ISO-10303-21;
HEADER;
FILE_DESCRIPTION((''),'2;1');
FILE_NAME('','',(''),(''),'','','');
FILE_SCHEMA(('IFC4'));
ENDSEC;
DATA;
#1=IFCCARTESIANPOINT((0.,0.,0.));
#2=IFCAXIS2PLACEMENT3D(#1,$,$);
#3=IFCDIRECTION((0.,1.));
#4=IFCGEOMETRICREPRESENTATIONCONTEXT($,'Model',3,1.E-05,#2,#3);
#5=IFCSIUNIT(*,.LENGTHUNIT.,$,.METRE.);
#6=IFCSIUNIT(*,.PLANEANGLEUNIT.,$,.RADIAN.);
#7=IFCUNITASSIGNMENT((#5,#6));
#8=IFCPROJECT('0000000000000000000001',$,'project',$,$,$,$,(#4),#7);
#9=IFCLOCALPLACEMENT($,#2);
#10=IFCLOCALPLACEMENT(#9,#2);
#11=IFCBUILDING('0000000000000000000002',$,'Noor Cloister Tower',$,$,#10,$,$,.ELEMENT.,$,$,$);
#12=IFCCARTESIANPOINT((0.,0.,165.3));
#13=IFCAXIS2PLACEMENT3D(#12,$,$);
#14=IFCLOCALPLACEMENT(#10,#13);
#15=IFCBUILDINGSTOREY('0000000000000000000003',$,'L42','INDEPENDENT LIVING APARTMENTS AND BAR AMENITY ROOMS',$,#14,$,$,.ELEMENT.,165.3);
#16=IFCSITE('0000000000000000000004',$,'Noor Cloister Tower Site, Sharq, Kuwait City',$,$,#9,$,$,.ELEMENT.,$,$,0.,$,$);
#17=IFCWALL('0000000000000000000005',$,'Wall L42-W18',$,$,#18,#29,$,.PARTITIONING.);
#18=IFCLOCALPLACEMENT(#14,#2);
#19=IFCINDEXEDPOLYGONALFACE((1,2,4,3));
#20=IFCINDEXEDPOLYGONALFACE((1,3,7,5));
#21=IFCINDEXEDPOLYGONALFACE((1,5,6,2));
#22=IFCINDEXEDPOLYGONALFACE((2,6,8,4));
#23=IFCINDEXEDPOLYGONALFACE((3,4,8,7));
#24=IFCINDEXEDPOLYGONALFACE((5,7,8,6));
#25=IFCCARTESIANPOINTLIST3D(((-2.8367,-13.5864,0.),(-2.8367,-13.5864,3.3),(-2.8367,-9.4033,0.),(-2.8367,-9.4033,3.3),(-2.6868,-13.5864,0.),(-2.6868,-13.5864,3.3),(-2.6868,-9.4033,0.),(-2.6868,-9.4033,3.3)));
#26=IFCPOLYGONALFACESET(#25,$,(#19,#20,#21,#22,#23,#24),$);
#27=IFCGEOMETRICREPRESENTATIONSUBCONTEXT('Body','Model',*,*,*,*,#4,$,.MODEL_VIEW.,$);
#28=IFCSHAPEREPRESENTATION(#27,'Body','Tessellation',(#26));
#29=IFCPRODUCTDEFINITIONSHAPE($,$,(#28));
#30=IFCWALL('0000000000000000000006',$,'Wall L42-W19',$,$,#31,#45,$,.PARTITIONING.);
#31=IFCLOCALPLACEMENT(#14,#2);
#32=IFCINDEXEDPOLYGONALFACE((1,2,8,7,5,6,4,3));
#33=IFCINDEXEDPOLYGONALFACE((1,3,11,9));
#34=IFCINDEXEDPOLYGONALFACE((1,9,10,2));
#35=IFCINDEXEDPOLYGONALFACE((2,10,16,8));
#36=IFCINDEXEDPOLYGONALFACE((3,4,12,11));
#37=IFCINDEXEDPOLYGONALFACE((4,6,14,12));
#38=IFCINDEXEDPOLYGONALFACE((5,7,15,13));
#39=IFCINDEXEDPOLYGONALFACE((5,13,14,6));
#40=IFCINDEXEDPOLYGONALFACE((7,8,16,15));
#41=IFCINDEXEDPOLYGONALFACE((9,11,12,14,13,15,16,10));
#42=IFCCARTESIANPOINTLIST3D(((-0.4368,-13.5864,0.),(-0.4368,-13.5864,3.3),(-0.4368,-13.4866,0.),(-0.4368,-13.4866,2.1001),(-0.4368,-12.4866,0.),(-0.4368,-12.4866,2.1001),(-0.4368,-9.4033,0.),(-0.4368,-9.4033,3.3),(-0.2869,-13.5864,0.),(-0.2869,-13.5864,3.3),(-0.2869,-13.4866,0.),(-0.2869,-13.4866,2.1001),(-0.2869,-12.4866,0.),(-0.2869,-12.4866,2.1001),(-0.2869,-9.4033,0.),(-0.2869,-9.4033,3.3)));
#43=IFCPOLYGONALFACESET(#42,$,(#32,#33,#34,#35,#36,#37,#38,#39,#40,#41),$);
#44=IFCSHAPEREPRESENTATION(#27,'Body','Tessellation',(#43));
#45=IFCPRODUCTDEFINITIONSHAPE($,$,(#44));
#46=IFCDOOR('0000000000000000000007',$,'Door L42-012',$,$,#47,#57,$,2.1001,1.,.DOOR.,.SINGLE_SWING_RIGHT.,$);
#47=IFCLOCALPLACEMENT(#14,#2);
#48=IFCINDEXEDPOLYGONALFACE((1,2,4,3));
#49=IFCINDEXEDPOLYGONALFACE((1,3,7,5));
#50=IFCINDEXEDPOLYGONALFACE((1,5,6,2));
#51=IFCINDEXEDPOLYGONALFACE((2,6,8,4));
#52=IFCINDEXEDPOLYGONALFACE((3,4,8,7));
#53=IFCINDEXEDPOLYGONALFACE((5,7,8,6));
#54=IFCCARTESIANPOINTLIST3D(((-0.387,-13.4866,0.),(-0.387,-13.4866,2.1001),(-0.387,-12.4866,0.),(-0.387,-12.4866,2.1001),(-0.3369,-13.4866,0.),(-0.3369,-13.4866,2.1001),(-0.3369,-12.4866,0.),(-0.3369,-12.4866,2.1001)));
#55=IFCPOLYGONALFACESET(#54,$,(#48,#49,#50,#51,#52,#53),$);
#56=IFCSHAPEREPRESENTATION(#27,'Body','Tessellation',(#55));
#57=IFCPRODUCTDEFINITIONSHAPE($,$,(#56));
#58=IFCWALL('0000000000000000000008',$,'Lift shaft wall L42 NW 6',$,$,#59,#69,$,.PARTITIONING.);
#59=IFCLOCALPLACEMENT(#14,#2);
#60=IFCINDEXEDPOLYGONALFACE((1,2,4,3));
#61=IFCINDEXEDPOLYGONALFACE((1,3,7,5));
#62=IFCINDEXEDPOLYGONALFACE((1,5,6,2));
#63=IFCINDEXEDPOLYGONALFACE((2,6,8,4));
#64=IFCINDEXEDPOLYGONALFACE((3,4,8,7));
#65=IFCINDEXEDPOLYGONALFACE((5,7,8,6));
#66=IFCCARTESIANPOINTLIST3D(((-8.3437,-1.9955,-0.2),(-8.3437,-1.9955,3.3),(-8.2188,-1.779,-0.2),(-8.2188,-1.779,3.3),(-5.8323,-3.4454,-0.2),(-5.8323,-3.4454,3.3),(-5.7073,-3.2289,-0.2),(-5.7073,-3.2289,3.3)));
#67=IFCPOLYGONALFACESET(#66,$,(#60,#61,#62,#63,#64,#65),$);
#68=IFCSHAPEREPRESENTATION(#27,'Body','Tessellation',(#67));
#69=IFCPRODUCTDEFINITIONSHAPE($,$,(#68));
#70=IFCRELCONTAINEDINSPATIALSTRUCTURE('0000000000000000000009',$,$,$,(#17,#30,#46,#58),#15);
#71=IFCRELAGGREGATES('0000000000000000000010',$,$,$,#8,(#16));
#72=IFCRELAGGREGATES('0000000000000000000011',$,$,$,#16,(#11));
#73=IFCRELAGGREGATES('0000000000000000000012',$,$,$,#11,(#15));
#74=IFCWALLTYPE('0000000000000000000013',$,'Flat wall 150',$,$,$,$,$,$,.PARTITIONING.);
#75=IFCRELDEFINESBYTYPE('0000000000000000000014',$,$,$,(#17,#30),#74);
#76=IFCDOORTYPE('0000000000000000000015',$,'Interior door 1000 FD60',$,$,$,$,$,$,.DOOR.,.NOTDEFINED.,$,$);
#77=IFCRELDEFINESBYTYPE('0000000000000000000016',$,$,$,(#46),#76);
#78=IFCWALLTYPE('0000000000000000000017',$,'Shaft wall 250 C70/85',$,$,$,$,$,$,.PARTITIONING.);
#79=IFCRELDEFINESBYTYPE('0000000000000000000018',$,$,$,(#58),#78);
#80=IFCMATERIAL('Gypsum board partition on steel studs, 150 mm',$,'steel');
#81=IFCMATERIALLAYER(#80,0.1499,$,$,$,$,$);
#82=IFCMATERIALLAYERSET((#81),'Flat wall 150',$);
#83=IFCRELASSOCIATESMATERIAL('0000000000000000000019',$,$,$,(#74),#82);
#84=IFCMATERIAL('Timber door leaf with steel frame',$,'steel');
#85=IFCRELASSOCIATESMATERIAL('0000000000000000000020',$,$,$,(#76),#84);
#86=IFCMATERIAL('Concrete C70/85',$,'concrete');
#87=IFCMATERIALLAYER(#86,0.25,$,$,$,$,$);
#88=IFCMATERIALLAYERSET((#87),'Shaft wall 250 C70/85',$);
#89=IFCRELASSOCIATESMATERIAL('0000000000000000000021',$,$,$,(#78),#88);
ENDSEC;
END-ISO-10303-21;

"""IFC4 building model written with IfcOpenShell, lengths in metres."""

from ifc_helpers import new_model, si_unit, direction, frame, frame_2d, origin, place, context, subcontext, project, spatial, rectangle, extrude, material, layer, layer_set, type_object, element, fill, save


model = new_model("IFC4")

# Units and contexts
model_context = context("Model", 3, precision=1e-05, world=origin(), true_north=direction((0.0, 1.0)))
body_context = subcontext(model_context, "Body", "Model", "MODEL_VIEW")
ifc_project = project(units=[si_unit("LENGTHUNIT", "METRE"), si_unit("PLANEANGLEUNIT", "RADIAN")], contexts=[model_context])

# Site, building, storey
site_placement = place(None, origin())
site = spatial("IfcSite", under=ifc_project, at=site_placement, Name="Noor Cloister Tower Site, Sharq, Kuwait City", CompositionType="ELEMENT", RefElevation=0.0)
building_placement = place(site_placement, origin())
building = spatial("IfcBuilding", under=site, at=building_placement, Name="Noor Cloister Tower", CompositionType="ELEMENT")
storey_placement = place(building_placement, frame((0.0, 0.0, 165.3)))
storey = spatial("IfcBuildingStorey", under=building, at=storey_placement, Name="L42", Description="INDEPENDENT LIVING APARTMENTS AND BAR AMENITY ROOMS", CompositionType="ELEMENT", Elevation=165.3)

# Shared definitions
ifc_material_1 = material(Name="Gypsum board partition on steel studs, 150 mm", Category="steel")
ifc_layer_1 = layer(ifc_material_1, 0.1499)
ifc_layer_set_1 = layer_set([ifc_layer_1], Name="Flat wall 150")
wall_type_1 = type_object("IfcWallType", Name="Flat wall 150", PredefinedType="PARTITIONING", material=ifc_layer_set_1)
ifc_material_2 = material(Name="Timber door leaf with steel frame", Category="steel")
door_type_1 = type_object("IfcDoorType", Name="Interior door 1000 FD60", OperationType="NOTDEFINED", PredefinedType="DOOR", material=ifc_material_2)

# Wall
wall_1_placement = place(storey_placement, frame((-2.7617, -9.4033, 0.0), z_axis=(0.0, 0.0, 1.0), x_axis=(0.0, -1.0, 0.0)))
element("IfcWall", 1, at=wall_1_placement, inside=storey, type_object=wall_type_1, Name="Wall L42-W18", PredefinedType="PARTITIONING", context=body_context, shape_type="SweptSolid", body=[
    extrude(rectangle(XDim=4.1831, YDim=0.1499, at=frame_2d((2.0916, 0.0))), origin(), (0.0, 0.0, 1.0), 3.3),
])

# Wall, opening, door
wall_2_placement = place(storey_placement, frame((-0.3618, -9.4033, 0.0), z_axis=(0.0, 0.0, 1.0), x_axis=(0.0, -1.0, 0.0)))
wall_2 = element("IfcWall", 2, at=wall_2_placement, inside=storey, type_object=wall_type_1, Name="Wall L42-W19", PredefinedType="PARTITIONING", context=body_context, shape_type="SweptSolid", body=[
    extrude(rectangle(XDim=4.1831, YDim=0.1499, at=frame_2d((2.0916, 0.0))), origin(), (0.0, 0.0, 1.0), 3.3),
])
opening_1_placement = place(wall_2_placement, frame((3.0833, 0.0, 0.0)))
opening_1 = element("IfcOpeningElement", 3, at=opening_1_placement, cuts=wall_2, PredefinedType="OPENING", context=body_context, shape_type="SweptSolid", body=[
    extrude(rectangle(XDim=1.0, YDim=2.1001, at=frame_2d((0.5, 1.05))), frame((0.0, 0.085, 0.0), z_axis=(0.0, -1.0, 0.0), x_axis=(1.0, 0.0, 0.0)), (0.0, 0.0, 1.0), 0.1699),
])
door_1_placement = place(opening_1_placement, origin())
door_1 = element("IfcDoor", 4, at=door_1_placement, inside=storey, type_object=door_type_1, Name="Door L42-012", OperationType="SINGLE_SWING_RIGHT", OverallHeight=2.1001, OverallWidth=1.0, PredefinedType="DOOR", context=body_context, shape_type="SweptSolid", body=[
    extrude(rectangle(XDim=1.0, YDim=2.1001, at=frame_2d((0.5, 1.05))), frame((0.0, 0.0249, 0.0), z_axis=(0.0, -1.0, 0.0), x_axis=(1.0, 0.0, 0.0)), (0.0, 0.0, 1.0), 0.05),
])
fill(opening_1, door_1)

# Wall
ifc_material_3 = material(Name="Concrete C70/85", Category="concrete")
ifc_layer_2 = layer(ifc_material_3, 0.25)
ifc_layer_set_2 = layer_set([ifc_layer_2], Name="Shaft wall 250 C70/85")
wall_type_2 = type_object("IfcWallType", Name="Shaft wall 250 C70/85", PredefinedType="PARTITIONING", material=ifc_layer_set_2)
wall_3_placement = place(storey_placement, frame((-8.2812, -1.8872, -0.2), z_axis=(0.0, 0.0, 1.0), x_axis=(0.866033, -0.499987, 0.0)))
element("IfcWall", 5, at=wall_3_placement, inside=storey, type_object=wall_type_2, Name="Lift shaft wall L42 NW 6", PredefinedType="PARTITIONING", context=body_context, shape_type="SweptSolid", body=[
    extrude(rectangle(XDim=2.8999, YDim=0.25, at=frame_2d((1.45, 0.0))), origin(), (0.0, 0.0, 1.0), 3.5),
])

save(model, "model.ifc")
